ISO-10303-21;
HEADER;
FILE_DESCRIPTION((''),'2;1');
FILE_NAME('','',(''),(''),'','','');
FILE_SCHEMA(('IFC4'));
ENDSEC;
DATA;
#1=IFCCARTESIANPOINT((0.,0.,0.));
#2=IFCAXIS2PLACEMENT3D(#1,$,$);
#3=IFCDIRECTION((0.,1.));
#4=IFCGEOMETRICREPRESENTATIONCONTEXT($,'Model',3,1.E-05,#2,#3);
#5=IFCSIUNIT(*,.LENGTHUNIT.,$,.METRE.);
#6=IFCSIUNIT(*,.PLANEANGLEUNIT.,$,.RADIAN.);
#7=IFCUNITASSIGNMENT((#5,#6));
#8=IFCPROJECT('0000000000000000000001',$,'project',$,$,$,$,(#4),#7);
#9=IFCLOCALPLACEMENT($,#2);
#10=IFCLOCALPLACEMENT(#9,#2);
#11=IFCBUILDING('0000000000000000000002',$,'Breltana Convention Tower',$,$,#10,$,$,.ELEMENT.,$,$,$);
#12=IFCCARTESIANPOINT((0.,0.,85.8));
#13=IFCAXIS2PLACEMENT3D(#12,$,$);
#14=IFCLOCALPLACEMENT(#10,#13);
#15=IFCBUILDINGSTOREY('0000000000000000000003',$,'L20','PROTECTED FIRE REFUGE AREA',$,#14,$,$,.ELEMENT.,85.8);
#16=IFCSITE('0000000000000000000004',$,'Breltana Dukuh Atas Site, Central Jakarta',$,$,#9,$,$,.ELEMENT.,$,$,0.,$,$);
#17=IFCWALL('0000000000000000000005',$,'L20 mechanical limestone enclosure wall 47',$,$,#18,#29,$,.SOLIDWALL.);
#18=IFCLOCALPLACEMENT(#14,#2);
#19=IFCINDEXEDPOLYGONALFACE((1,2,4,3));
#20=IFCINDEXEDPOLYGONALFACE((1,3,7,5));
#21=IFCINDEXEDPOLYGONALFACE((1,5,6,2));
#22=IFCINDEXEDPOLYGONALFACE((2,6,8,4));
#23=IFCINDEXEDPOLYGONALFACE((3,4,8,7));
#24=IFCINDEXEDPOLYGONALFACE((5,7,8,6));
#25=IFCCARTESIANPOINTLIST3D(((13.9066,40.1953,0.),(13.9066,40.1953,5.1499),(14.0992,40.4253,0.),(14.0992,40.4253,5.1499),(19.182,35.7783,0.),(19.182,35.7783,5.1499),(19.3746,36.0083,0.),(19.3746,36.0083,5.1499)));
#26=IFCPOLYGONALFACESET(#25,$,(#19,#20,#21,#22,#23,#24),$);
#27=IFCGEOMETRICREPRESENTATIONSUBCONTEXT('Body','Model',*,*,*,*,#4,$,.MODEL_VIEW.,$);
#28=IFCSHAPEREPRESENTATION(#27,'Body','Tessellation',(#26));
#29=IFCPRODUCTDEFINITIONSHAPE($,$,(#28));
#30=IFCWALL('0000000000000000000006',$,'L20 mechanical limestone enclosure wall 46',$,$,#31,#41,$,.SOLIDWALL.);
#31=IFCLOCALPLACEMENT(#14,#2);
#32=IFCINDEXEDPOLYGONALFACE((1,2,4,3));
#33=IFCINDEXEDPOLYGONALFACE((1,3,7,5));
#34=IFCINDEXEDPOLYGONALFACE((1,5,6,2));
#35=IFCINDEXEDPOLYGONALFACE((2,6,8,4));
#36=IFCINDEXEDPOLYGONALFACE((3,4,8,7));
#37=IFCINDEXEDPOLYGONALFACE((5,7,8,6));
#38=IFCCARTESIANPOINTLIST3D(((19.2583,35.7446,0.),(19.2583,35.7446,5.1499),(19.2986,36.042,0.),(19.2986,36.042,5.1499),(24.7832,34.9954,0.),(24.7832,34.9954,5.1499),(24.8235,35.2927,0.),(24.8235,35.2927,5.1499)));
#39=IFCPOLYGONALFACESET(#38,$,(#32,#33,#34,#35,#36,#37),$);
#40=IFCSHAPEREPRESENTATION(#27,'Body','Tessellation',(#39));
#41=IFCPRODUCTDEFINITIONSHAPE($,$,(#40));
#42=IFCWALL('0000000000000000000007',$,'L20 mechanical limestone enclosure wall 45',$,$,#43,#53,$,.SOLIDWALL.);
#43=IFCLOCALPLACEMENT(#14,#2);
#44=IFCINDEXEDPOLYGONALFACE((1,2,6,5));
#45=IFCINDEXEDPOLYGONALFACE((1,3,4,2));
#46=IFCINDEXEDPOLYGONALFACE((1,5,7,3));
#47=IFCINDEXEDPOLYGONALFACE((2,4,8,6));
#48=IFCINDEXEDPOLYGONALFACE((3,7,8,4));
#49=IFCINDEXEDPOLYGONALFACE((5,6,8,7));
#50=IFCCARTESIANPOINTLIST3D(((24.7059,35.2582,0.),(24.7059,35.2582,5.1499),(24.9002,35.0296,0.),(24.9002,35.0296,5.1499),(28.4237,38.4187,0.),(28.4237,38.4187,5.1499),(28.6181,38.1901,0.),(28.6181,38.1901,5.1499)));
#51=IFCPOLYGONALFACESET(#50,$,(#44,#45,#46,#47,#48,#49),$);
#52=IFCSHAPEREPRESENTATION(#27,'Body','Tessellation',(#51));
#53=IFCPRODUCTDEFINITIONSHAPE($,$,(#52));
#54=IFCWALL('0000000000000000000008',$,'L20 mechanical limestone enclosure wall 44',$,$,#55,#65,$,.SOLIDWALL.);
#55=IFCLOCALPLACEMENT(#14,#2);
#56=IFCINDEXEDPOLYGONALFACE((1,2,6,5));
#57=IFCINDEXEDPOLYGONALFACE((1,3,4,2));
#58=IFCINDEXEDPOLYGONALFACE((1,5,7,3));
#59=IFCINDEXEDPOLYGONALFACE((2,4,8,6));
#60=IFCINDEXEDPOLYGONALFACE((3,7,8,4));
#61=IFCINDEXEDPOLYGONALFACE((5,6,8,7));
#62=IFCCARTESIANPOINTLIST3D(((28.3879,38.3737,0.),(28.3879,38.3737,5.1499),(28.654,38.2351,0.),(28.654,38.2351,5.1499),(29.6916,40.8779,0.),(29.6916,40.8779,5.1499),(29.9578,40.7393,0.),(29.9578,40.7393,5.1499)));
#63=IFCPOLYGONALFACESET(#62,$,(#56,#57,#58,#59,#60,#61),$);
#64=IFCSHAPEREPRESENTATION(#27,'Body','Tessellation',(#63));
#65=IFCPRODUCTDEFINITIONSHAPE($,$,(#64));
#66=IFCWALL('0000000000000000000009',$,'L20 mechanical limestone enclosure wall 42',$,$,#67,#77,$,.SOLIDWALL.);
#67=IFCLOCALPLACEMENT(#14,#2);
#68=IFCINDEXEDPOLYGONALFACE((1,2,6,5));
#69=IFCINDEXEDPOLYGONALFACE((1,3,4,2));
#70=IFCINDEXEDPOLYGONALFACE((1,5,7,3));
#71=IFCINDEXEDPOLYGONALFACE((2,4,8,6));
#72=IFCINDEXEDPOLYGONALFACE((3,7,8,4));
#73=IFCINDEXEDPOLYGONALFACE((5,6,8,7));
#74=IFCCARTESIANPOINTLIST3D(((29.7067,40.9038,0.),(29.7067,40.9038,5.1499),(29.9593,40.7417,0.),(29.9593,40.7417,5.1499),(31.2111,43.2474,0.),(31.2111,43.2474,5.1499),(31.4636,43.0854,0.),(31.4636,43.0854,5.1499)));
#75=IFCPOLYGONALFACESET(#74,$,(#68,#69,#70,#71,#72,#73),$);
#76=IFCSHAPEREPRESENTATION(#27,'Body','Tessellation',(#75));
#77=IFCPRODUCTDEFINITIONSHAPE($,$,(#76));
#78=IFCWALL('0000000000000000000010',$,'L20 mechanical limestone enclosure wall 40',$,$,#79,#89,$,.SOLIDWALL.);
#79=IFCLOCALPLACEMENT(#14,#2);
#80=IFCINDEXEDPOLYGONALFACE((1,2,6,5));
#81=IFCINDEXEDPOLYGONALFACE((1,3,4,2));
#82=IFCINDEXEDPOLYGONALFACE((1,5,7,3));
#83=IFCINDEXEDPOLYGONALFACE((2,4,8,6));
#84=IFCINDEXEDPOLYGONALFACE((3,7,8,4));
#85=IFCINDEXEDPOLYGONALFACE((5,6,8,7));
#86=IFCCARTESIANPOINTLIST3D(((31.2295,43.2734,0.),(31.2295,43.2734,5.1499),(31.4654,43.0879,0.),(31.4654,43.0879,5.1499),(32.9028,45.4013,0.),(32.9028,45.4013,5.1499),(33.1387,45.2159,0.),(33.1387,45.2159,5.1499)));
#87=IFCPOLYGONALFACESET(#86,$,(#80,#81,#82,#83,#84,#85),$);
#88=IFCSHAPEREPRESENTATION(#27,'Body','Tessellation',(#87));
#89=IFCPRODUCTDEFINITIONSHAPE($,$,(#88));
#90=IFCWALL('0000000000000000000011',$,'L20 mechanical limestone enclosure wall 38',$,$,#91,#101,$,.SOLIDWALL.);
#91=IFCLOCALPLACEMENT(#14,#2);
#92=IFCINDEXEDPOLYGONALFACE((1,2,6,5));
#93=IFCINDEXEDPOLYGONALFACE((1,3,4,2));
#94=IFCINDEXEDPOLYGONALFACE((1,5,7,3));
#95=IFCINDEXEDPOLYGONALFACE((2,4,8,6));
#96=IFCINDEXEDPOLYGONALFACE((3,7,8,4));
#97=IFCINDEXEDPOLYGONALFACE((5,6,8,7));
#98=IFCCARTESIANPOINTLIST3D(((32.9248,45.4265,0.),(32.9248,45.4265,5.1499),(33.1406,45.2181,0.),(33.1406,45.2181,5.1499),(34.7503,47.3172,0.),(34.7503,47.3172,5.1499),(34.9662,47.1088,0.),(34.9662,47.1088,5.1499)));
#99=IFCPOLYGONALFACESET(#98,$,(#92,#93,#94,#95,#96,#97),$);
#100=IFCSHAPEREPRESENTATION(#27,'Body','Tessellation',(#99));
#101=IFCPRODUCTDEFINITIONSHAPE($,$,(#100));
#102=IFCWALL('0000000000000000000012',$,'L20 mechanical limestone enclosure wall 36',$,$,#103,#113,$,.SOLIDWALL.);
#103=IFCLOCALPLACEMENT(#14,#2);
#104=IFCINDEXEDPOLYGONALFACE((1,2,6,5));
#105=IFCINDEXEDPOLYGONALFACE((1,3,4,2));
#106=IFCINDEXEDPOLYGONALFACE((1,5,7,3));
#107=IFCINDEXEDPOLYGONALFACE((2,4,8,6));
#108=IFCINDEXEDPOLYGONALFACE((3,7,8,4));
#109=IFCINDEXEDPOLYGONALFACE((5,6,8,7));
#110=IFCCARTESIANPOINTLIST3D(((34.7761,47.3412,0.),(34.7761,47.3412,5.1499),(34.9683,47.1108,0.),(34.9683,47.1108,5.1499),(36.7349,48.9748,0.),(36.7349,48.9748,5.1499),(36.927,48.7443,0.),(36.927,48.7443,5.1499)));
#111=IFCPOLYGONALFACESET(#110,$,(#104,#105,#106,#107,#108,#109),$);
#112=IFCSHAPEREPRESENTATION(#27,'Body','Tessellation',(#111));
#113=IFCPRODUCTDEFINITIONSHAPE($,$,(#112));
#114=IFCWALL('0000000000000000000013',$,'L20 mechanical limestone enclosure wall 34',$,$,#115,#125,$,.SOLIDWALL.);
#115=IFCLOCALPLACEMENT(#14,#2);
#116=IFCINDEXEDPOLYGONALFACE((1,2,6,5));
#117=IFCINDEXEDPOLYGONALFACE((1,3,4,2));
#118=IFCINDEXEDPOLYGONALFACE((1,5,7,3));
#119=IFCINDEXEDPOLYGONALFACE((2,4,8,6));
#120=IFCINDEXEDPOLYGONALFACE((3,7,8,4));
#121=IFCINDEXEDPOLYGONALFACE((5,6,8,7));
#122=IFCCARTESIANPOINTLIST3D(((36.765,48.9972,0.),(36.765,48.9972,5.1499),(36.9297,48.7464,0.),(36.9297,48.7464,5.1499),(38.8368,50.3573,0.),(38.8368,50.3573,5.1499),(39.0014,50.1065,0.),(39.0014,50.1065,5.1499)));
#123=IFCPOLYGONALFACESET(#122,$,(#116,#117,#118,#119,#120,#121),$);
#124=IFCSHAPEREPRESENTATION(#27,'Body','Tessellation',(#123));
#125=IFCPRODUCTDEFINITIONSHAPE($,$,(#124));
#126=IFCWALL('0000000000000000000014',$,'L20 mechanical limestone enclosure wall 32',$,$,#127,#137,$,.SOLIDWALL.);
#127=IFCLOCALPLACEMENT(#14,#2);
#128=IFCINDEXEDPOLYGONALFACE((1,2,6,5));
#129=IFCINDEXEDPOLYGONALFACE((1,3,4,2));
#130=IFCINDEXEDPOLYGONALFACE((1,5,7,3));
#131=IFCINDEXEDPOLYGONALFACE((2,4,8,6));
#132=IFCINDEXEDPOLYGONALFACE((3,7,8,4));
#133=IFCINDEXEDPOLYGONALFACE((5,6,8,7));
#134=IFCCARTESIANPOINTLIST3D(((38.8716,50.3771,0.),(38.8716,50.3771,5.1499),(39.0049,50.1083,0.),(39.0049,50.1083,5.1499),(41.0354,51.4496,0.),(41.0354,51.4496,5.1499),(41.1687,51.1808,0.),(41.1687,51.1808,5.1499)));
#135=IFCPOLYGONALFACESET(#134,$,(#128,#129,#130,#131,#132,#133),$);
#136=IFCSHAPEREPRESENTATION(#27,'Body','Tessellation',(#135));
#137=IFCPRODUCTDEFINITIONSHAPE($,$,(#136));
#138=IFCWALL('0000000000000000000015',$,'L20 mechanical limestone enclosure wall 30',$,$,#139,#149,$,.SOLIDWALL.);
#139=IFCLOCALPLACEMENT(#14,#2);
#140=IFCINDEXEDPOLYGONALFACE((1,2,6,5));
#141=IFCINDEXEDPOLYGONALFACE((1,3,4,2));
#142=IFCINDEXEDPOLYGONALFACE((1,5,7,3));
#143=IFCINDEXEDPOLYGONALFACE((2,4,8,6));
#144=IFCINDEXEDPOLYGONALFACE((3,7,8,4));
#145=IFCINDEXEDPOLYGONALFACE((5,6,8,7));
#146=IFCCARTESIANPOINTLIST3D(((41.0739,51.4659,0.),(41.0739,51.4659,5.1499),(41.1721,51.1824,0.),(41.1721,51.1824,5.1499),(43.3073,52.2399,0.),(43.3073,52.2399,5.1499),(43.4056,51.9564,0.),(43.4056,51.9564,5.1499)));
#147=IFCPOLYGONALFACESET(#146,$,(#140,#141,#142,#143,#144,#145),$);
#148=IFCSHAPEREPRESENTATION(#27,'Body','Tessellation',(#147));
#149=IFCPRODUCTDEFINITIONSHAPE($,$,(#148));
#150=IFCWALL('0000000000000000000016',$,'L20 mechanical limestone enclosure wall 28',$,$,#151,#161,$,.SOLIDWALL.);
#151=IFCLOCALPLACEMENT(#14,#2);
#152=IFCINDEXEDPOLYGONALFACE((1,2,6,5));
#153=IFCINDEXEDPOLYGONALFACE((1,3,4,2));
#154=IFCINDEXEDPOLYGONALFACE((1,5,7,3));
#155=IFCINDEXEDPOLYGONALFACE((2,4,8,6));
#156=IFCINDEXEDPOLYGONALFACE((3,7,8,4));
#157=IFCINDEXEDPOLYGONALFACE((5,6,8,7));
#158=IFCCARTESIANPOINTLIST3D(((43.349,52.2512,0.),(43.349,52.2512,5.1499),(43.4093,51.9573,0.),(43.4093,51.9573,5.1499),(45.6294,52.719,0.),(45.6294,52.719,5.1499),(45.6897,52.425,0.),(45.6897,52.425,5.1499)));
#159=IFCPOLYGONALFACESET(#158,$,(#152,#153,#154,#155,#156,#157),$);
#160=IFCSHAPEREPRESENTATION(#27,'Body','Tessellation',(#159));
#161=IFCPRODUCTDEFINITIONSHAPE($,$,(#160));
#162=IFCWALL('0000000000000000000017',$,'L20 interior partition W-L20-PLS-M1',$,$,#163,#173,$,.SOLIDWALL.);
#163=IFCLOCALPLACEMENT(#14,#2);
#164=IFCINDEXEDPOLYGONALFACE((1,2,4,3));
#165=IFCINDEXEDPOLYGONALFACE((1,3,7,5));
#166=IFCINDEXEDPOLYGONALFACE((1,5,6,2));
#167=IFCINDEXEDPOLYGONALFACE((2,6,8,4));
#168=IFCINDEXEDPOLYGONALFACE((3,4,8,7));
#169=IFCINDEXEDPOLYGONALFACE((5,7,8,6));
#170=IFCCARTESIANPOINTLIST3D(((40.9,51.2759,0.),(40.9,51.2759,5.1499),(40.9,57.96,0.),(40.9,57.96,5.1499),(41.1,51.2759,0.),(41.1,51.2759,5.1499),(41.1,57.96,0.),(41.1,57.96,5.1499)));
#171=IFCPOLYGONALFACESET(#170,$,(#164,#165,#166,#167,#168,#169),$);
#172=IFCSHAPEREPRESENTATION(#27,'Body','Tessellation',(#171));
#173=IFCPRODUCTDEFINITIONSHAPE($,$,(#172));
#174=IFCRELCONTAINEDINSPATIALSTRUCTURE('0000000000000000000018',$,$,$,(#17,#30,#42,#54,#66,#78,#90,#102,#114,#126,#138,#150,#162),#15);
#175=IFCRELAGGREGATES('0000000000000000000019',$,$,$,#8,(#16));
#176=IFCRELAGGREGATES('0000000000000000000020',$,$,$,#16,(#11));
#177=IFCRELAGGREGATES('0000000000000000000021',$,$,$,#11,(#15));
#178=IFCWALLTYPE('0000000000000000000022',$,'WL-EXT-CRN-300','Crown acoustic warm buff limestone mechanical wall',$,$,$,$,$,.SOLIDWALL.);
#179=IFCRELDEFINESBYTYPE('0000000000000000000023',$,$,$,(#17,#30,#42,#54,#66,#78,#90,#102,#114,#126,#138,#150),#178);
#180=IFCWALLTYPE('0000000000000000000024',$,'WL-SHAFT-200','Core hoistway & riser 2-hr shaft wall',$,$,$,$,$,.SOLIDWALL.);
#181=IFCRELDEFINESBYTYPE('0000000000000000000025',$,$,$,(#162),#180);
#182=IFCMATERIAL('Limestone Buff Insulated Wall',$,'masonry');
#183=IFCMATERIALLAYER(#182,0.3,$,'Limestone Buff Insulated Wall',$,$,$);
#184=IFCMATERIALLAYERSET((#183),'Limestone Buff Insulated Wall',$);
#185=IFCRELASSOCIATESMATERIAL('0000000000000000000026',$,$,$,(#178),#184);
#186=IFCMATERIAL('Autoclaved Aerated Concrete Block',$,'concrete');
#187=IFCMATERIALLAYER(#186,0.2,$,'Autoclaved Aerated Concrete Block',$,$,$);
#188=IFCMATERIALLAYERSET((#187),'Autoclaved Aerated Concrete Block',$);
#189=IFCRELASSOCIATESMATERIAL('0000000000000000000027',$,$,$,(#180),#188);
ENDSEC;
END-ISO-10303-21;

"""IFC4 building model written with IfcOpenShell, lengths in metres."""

from ifc_helpers import new_model, si_unit, direction, frame, frame_2d, origin, place, context, subcontext, project, spatial, rectangle, extrude, source, transform, mapped, material, layer, layer_set, type_object, element, save


model = new_model("IFC4")

# Units and contexts
model_context = context("Model", 3, precision=1e-05, world=origin(), true_north=direction((0.0, 1.0)))
body_context = subcontext(model_context, "Body", "Model", "MODEL_VIEW")
ifc_project = project(units=[si_unit("LENGTHUNIT", "METRE"), si_unit("PLANEANGLEUNIT", "RADIAN")], contexts=[model_context])

# Site, building, storey
site_placement = place(None, origin())
site = spatial("IfcSite", under=ifc_project, at=site_placement, Name="Breltana Dukuh Atas Site, Central Jakarta", CompositionType="ELEMENT", RefElevation=0.0)
building_placement = place(site_placement, origin())
building = spatial("IfcBuilding", under=site, at=building_placement, Name="Breltana Convention Tower", CompositionType="ELEMENT")
storey_placement = place(building_placement, frame((0.0, 0.0, 85.8)))
storey = spatial("IfcBuildingStorey", under=building, at=storey_placement, Name="L20", Description="PROTECTED FIRE REFUGE AREA", CompositionType="ELEMENT", Elevation=85.8)

# Walls
ifc_material_1 = material(Name="Limestone Buff Insulated Wall", Category="masonry")
ifc_layer_1 = layer(ifc_material_1, 0.3, Name="Limestone Buff Insulated Wall")
ifc_layer_set_1 = layer_set([ifc_layer_1], Name="Limestone Buff Insulated Wall")
wall_type_1 = type_object("IfcWallType", Name="WL-EXT-CRN-300", Description="Crown acoustic warm buff limestone mechanical wall", PredefinedType="SOLIDWALL", material=ifc_layer_set_1)
shared_shape_1 = source(origin(), body_context, "Body", "SweptSolid", [
    extrude(rectangle(XDim=6.8804, YDim=0.3, at=frame_2d((3.4402, 0.0))), origin(), (0.0, 0.0, 1.0), 5.1499),
])
wall_1_placement = place(storey_placement, frame((19.2783, 35.8933, 0.0), z_axis=(0.0, 0.0, 1.0), x_axis=(-0.76673, 0.64197, 0.0)))
element("IfcWall", 1, at=wall_1_placement, inside=storey, type_object=wall_type_1, Name="L20 mechanical limestone enclosure wall 47", PredefinedType="SOLIDWALL", context=body_context, shape_type="MappedRepresentation", body=[
    mapped(shared_shape_1, transform((0.0, 0.0, 0.0), scale=1.0)),
])
shared_shape_2 = source(origin(), body_context, "Body", "SweptSolid", [
    extrude(rectangle(XDim=5.5754, YDim=0.3, at=frame_2d((2.7876, 0.0))), origin(), (0.0, 0.0, 1.0), 5.1499),
])
wall_2_placement = place(storey_placement, frame((24.8032, 35.144, 0.0), z_axis=(0.0, 0.0, 1.0), x_axis=(-0.990929, 0.134386, 0.0)))
element("IfcWall", 2, at=wall_2_placement, inside=storey, type_object=wall_type_1, Name="L20 mechanical limestone enclosure wall 46", PredefinedType="SOLIDWALL", context=body_context, shape_type="MappedRepresentation", body=[
    mapped(shared_shape_2, transform((0.0, 0.0, 0.0), scale=1.0)),
])
shared_shape_3 = source(origin(), body_context, "Body", "SweptSolid", [
    extrude(rectangle(XDim=4.8796, YDim=0.3, at=frame_2d((2.4399, 0.0))), origin(), (0.0, 0.0, 1.0), 5.1499),
])
wall_3_placement = place(storey_placement, frame((28.521, 38.3044, 0.0), z_axis=(0.0, 0.0, 1.0), x_axis=(-0.76191, -0.647683, 0.0)))
element("IfcWall", 3, at=wall_3_placement, inside=storey, type_object=wall_type_1, Name="L20 mechanical limestone enclosure wall 45", PredefinedType="SOLIDWALL", context=body_context, shape_type="MappedRepresentation", body=[
    mapped(shared_shape_3, transform((0.0, 0.0, 0.0), scale=1.0)),
])
shared_shape_4 = source(origin(), body_context, "Body", "SweptSolid", [
    extrude(rectangle(XDim=2.8232, YDim=0.3, at=frame_2d((1.4116, 0.0))), origin(), (0.0, 0.0, 1.0), 5.1499),
])
wall_4_placement = place(storey_placement, frame((29.8247, 40.8086, 0.0), z_axis=(0.0, 0.0, 1.0), x_axis=(-0.461786, -0.886992, 0.0)))
element("IfcWall", 4, at=wall_4_placement, inside=storey, type_object=wall_type_1, Name="L20 mechanical limestone enclosure wall 44", PredefinedType="SOLIDWALL", context=body_context, shape_type="MappedRepresentation", body=[
    mapped(shared_shape_4, transform((0.0, 0.0, 0.0), scale=1.0)),
])
shared_shape_5 = source(origin(), body_context, "Body", "SweptSolid", [
    extrude(rectangle(XDim=2.7849, YDim=0.3, at=frame_2d((1.3926, 0.0))), origin(), (0.0, 0.0, 1.0), 5.1499),
])
wall_5_placement = place(storey_placement, frame((31.3374, 43.1665, 0.0), z_axis=(0.0, 0.0, 1.0), x_axis=(-0.540173, -0.841554, 0.0)))
element("IfcWall", 5, at=wall_5_placement, inside=storey, type_object=wall_type_1, Name="L20 mechanical limestone enclosure wall 42", PredefinedType="SOLIDWALL", context=body_context, shape_type="MappedRepresentation", body=[
    mapped(shared_shape_5, transform((0.0, 0.0, 0.0), scale=1.0)),
])
shared_shape_6 = source(origin(), body_context, "Body", "SweptSolid", [
    extrude(rectangle(XDim=2.707, YDim=0.3, at=frame_2d((1.3535, 0.0))), origin(), (0.0, 0.0, 1.0), 5.1499),
])
wall_6_placement = place(storey_placement, frame((33.0208, 45.3086, 0.0), z_axis=(0.0, 0.0, 1.0), x_axis=(-0.61814, -0.786068, 0.0)))
element("IfcWall", 6, at=wall_6_placement, inside=storey, type_object=wall_type_1, Name="L20 mechanical limestone enclosure wall 40", PredefinedType="SOLIDWALL", context=body_context, shape_type="MappedRepresentation", body=[
    mapped(shared_shape_6, transform((0.0, 0.0, 0.0), scale=1.0)),
])
shared_shape_7 = source(origin(), body_context, "Body", "SweptSolid", [
    extrude(rectangle(XDim=2.6282, YDim=0.3, at=frame_2d((1.314, 0.0))), origin(), (0.0, 0.0, 1.0), 5.1499),
])
wall_7_placement = place(storey_placement, frame((34.8582, 47.2129, 0.0), z_axis=(0.0, 0.0, 1.0), x_axis=(-0.694596, -0.7194, 0.0)))
element("IfcWall", 7, at=wall_7_placement, inside=storey, type_object=wall_type_1, Name="L20 mechanical limestone enclosure wall 38", PredefinedType="SOLIDWALL", context=body_context, shape_type="MappedRepresentation", body=[
    mapped(shared_shape_7, transform((0.0, 0.0, 0.0), scale=1.0)),
])
shared_shape_8 = source(origin(), body_context, "Body", "SweptSolid", [
    extrude(rectangle(XDim=2.5505, YDim=0.3, at=frame_2d((1.2754, 0.0))), origin(), (0.0, 0.0, 1.0), 5.1499),
])
wall_8_placement = place(storey_placement, frame((36.8311, 48.8596, 0.0), z_axis=(0.0, 0.0, 1.0), x_axis=(-0.767978, -0.640476, 0.0)))
element("IfcWall", 8, at=wall_8_placement, inside=storey, type_object=wall_type_1, Name="L20 mechanical limestone enclosure wall 36", PredefinedType="SOLIDWALL", context=body_context, shape_type="MappedRepresentation", body=[
    mapped(shared_shape_8, transform((0.0, 0.0, 0.0), scale=1.0)),
])
shared_shape_9 = source(origin(), body_context, "Body", "SweptSolid", [
    extrude(rectangle(XDim=2.4783, YDim=0.3, at=frame_2d((1.2393, 0.0))), origin(), (0.0, 0.0, 1.0), 5.1499),
])
wall_9_placement = place(storey_placement, frame((38.9192, 50.2319, 0.0), z_axis=(0.0, 0.0, 1.0), x_axis=(-0.835955, -0.548798, 0.0)))
element("IfcWall", 9, at=wall_9_placement, inside=storey, type_object=wall_type_1, Name="L20 mechanical limestone enclosure wall 34", PredefinedType="SOLIDWALL", context=body_context, shape_type="MappedRepresentation", body=[
    mapped(shared_shape_9, transform((0.0, 0.0, 0.0), scale=1.0)),
])
shared_shape_10 = source(origin(), body_context, "Body", "SweptSolid", [
    extrude(rectangle(XDim=2.415, YDim=0.3, at=frame_2d((1.2075, 0.0))), origin(), (0.0, 0.0, 1.0), 5.1499),
])
wall_10_placement = place(storey_placement, frame((41.1021, 51.3152, 0.0), z_axis=(0.0, 0.0, 1.0), x_axis=(-0.895979, -0.444097, 0.0)))
element("IfcWall", 10, at=wall_10_placement, inside=storey, type_object=wall_type_1, Name="L20 mechanical limestone enclosure wall 32", PredefinedType="SOLIDWALL", context=body_context, shape_type="MappedRepresentation", body=[
    mapped(shared_shape_10, transform((0.0, 0.0, 0.0), scale=1.0)),
])
shared_shape_11 = source(origin(), body_context, "Body", "SweptSolid", [
    extrude(rectangle(XDim=2.3638, YDim=0.3, at=frame_2d((1.1819, 0.0))), origin(), (0.0, 0.0, 1.0), 5.1499),
])
wall_11_placement = place(storey_placement, frame((43.3564, 52.0981, 0.0), z_axis=(0.0, 0.0, 1.0), x_axis=(-0.944878, -0.327423, 0.0)))
element("IfcWall", 11, at=wall_11_placement, inside=storey, type_object=wall_type_1, Name="L20 mechanical limestone enclosure wall 30", PredefinedType="SOLIDWALL", context=body_context, shape_type="MappedRepresentation", body=[
    mapped(shared_shape_11, transform((0.0, 0.0, 0.0), scale=1.0)),
])
shared_shape_12 = source(origin(), body_context, "Body", "SweptSolid", [
    extrude(rectangle(XDim=2.3279, YDim=0.3, at=frame_2d((1.1641, 0.0))), origin(), (0.0, 0.0, 1.0), 5.1499),
])
wall_12_placement = place(storey_placement, frame((45.6597, 52.572, 0.0), z_axis=(0.0, 0.0, 1.0), x_axis=(-0.979605, -0.200934, 0.0)))
element("IfcWall", 12, at=wall_12_placement, inside=storey, type_object=wall_type_1, Name="L20 mechanical limestone enclosure wall 28", PredefinedType="SOLIDWALL", context=body_context, shape_type="MappedRepresentation", body=[
    mapped(shared_shape_12, transform((0.0, 0.0, 0.0), scale=1.0)),
])
ifc_material_2 = material(Name="Autoclaved Aerated Concrete Block", Category="concrete")
ifc_layer_2 = layer(ifc_material_2, 0.2, Name="Autoclaved Aerated Concrete Block")
ifc_layer_set_2 = layer_set([ifc_layer_2], Name="Autoclaved Aerated Concrete Block")
wall_type_2 = type_object("IfcWallType", Name="WL-SHAFT-200", Description="Core hoistway & riser 2-hr shaft wall", PredefinedType="SOLIDWALL", material=ifc_layer_set_2)
shared_shape_13 = source(origin(), body_context, "Body", "SweptSolid", [
    extrude(rectangle(XDim=6.6841, YDim=0.2, at=frame_2d((3.342, 0.0))), origin(), (0.0, 0.0, 1.0), 5.1499),
])
wall_13_placement = place(storey_placement, frame((41.0, 51.2759, 0.0), z_axis=(0.0, 0.0, 1.0), x_axis=(0.0, 1.0, 0.0)))
element("IfcWall", 13, at=wall_13_placement, inside=storey, type_object=wall_type_2, Name="L20 interior partition W-L20-PLS-M1", PredefinedType="SOLIDWALL", context=body_context, shape_type="MappedRepresentation", body=[
    mapped(shared_shape_13, transform((0.0, 0.0, 0.0), scale=1.0)),
])

save(model, "model.ifc")
